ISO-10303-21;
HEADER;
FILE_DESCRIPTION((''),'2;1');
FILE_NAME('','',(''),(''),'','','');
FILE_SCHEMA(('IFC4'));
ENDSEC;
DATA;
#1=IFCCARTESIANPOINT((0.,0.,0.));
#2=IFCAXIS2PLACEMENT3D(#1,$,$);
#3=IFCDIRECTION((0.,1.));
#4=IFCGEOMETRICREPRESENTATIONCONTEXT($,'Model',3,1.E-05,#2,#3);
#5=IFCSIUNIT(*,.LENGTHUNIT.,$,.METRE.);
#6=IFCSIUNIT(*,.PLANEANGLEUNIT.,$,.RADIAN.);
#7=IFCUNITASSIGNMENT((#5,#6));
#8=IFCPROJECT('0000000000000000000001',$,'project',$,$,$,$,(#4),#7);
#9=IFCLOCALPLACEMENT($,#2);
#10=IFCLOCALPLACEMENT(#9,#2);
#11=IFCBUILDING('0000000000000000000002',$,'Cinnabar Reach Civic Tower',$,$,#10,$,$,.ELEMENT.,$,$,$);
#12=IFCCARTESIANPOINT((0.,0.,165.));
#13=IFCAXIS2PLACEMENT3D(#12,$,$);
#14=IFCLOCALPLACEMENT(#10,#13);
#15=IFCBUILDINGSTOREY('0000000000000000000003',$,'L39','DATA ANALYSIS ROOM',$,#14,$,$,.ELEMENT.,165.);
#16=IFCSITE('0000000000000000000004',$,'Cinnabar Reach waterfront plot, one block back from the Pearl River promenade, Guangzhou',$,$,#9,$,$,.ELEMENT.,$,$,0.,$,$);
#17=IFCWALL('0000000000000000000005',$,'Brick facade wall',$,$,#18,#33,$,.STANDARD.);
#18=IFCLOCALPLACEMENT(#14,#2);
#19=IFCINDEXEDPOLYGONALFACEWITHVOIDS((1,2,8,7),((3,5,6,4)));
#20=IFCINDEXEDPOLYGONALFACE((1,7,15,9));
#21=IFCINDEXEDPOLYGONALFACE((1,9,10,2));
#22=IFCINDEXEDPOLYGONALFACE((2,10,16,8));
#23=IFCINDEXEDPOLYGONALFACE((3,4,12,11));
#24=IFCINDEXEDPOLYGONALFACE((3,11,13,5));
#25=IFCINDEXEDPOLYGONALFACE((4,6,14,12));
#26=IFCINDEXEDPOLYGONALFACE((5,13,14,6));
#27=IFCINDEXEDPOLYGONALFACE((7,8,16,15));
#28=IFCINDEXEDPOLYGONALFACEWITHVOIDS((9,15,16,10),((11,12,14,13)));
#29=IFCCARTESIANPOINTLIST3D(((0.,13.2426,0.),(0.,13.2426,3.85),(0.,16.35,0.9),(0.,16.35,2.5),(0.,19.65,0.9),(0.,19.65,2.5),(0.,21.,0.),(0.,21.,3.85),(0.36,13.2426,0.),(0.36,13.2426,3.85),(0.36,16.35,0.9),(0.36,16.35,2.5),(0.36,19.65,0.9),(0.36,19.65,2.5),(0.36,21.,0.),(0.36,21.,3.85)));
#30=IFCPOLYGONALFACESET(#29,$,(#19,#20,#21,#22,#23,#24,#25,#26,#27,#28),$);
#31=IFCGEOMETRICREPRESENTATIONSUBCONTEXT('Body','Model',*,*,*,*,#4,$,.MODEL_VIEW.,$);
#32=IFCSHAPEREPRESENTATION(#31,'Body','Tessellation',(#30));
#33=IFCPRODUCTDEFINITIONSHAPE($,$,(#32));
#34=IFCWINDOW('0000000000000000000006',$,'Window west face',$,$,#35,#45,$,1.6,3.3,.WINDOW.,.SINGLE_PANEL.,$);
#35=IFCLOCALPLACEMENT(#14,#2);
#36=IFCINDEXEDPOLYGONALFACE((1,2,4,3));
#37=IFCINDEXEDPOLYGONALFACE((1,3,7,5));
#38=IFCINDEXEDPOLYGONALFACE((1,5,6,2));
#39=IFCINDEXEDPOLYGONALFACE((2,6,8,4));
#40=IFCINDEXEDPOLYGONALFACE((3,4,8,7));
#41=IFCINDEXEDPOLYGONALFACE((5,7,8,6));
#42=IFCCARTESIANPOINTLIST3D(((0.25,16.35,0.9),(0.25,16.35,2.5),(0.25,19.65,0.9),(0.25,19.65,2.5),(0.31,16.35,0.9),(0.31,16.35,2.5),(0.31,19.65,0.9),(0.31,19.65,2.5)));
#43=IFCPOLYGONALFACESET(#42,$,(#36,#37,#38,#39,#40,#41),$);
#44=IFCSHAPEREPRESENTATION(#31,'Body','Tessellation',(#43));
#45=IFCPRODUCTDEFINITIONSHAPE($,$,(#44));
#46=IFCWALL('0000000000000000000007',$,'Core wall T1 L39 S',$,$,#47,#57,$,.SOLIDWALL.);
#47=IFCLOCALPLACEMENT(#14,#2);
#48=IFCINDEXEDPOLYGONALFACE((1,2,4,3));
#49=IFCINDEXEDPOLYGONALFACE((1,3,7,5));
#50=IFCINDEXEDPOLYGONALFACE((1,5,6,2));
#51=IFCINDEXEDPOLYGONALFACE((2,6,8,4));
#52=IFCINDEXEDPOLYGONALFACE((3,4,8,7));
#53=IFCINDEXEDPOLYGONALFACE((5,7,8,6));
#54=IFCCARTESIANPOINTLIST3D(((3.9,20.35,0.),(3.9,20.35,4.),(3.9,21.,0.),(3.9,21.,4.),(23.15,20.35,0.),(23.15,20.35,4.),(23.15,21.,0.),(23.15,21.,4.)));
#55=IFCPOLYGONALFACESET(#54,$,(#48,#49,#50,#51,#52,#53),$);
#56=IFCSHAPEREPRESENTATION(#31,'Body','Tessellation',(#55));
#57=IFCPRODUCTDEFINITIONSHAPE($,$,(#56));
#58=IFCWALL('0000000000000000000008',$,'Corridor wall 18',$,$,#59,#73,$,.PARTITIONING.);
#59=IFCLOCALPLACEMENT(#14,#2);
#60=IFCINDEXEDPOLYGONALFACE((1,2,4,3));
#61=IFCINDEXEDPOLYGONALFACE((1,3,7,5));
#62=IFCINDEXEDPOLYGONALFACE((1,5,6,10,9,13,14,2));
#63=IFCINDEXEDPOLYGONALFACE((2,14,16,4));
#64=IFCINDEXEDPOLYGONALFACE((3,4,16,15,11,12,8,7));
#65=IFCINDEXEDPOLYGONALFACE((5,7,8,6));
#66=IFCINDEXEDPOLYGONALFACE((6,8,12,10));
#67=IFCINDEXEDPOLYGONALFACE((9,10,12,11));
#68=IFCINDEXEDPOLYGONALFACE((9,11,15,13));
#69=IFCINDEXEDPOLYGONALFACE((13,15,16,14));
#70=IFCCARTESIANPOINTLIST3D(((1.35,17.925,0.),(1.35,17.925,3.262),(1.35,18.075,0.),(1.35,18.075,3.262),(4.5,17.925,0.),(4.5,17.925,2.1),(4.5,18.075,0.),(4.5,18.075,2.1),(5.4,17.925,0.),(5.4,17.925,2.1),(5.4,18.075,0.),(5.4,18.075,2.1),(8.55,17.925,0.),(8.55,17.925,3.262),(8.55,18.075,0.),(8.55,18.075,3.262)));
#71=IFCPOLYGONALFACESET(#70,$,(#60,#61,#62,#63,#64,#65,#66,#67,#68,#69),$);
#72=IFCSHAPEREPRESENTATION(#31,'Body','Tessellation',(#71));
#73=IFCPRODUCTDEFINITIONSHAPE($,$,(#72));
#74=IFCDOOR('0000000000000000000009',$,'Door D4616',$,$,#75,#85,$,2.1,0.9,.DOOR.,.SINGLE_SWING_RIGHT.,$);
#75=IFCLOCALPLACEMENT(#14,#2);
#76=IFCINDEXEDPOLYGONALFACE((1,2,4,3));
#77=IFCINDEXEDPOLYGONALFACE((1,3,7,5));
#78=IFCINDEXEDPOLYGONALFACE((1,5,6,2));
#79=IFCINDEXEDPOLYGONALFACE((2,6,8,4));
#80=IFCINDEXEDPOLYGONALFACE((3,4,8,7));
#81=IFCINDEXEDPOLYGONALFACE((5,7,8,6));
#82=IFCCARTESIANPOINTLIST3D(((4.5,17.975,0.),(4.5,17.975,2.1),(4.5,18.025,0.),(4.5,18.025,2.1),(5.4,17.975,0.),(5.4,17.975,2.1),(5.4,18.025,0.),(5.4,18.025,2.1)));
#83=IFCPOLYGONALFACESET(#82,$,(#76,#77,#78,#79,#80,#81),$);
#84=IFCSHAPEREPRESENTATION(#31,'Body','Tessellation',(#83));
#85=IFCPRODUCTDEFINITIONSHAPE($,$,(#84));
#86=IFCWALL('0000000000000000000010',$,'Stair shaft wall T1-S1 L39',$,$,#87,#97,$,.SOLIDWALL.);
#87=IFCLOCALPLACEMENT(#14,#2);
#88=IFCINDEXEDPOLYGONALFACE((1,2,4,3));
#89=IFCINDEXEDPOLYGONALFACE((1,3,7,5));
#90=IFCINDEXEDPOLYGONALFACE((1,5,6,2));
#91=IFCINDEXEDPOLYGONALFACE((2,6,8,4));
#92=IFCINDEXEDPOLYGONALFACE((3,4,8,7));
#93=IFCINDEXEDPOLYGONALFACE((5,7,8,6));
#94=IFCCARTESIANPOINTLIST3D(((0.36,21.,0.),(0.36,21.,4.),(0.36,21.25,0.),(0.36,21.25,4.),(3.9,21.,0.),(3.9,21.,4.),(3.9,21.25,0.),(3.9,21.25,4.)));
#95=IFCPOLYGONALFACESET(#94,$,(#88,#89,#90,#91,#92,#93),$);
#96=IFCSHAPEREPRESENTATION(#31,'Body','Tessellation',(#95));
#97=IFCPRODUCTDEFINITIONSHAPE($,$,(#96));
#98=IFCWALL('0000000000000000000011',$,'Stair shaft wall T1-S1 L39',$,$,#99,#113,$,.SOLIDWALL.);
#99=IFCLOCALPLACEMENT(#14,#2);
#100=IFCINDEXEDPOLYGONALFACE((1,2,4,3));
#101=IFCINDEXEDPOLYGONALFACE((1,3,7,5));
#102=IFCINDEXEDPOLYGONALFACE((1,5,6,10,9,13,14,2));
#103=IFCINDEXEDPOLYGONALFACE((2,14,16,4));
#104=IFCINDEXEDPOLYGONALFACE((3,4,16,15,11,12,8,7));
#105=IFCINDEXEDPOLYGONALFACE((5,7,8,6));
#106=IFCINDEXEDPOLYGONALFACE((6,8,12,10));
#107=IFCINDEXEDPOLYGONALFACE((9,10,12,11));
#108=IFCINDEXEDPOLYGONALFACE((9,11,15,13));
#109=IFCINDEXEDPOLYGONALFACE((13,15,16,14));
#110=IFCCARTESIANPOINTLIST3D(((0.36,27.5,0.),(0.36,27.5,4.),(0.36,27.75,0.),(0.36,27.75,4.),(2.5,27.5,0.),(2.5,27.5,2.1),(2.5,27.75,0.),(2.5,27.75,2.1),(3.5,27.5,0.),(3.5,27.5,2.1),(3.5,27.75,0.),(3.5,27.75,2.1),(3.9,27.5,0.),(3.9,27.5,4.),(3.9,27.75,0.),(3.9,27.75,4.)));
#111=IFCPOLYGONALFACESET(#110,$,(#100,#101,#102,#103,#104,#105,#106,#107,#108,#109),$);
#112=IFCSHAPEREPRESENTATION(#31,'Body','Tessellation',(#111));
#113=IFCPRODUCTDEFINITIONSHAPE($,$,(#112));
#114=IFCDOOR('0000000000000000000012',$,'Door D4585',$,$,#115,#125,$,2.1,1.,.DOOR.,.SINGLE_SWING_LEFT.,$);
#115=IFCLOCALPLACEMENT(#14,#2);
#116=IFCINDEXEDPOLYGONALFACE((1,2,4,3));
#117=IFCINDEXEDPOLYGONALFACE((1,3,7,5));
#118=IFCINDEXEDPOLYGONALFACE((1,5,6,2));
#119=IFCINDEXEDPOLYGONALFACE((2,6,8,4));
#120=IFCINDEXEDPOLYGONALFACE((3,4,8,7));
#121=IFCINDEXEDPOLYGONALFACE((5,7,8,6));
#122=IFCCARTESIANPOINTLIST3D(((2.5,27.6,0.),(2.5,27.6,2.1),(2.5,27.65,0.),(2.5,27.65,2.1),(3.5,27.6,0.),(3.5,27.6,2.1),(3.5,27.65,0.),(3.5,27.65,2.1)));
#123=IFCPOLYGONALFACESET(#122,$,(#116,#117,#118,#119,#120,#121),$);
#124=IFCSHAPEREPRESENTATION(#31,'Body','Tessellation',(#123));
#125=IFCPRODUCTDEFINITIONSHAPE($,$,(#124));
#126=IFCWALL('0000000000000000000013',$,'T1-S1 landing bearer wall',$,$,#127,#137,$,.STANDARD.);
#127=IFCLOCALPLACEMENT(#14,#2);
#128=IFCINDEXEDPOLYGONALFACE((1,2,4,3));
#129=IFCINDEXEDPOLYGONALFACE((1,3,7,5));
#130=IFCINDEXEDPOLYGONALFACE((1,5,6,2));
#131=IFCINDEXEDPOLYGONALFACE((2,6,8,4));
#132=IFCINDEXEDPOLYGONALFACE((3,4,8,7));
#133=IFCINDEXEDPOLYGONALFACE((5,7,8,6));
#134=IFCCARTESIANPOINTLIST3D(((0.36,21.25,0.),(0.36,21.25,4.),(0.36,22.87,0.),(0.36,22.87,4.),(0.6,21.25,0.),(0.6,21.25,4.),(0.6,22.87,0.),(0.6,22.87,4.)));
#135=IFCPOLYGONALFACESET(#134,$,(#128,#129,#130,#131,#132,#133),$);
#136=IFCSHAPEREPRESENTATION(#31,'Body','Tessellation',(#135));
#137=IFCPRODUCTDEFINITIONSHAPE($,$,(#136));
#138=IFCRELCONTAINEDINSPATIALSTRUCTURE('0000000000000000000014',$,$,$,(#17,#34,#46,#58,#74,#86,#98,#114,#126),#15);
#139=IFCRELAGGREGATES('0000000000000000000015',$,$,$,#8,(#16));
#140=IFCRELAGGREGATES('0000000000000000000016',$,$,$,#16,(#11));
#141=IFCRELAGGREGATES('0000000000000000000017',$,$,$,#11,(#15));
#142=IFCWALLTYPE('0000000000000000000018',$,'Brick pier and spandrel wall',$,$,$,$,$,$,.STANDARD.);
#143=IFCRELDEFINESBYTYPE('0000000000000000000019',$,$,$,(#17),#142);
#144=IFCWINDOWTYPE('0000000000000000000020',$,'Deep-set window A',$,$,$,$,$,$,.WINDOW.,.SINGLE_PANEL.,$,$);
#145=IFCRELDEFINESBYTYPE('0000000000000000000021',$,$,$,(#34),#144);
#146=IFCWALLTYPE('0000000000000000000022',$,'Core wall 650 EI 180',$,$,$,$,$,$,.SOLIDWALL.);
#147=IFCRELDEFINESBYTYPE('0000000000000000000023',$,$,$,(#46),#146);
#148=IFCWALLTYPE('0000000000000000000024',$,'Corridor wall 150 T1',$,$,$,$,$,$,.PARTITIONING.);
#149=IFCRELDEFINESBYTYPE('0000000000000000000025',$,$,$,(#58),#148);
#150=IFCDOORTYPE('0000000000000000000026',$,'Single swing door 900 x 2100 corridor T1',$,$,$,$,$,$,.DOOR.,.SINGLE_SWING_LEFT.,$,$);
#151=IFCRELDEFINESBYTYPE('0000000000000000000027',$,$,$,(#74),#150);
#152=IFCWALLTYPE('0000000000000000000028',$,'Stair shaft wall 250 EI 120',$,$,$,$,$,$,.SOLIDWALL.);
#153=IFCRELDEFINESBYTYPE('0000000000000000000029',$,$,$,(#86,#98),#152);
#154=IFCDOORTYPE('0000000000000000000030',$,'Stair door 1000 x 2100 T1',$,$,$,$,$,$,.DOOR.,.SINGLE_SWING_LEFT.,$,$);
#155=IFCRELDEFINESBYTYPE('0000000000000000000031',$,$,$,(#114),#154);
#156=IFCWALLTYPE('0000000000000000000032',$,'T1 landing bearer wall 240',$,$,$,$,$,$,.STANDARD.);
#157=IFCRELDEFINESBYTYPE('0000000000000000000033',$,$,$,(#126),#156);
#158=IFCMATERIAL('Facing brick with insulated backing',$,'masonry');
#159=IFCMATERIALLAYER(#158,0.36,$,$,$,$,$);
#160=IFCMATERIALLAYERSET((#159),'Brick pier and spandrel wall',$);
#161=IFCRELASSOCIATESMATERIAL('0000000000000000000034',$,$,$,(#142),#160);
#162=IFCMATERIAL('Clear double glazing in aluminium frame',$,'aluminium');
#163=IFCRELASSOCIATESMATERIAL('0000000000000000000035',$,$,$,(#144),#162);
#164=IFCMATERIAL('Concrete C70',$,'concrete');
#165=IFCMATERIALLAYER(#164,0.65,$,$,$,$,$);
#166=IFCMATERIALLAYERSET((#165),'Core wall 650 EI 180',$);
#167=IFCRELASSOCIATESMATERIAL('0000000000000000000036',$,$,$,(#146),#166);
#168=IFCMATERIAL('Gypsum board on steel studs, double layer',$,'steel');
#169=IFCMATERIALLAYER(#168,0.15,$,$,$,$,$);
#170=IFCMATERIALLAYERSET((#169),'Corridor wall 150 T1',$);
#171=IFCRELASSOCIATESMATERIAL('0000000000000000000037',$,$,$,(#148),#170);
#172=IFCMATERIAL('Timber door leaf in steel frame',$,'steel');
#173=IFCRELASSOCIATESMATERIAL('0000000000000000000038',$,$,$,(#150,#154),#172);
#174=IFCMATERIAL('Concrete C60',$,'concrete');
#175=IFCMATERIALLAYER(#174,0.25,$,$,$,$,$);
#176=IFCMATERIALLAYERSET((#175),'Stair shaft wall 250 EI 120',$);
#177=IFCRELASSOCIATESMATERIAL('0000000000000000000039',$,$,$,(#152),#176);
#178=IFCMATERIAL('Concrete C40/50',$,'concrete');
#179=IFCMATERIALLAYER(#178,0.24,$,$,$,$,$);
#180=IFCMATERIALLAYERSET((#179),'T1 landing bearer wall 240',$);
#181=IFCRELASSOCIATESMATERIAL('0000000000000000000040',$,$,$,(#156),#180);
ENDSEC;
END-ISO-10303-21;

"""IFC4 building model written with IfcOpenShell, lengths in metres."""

from ifc_helpers import new_model, si_unit, direction, frame, frame_2d, origin, place, context, subcontext, project, spatial, rectangle, extrude, material, layer, layer_set, type_object, element, fill, save


model = new_model("IFC4")

# Units and contexts
model_context = context("Model", 3, precision=1e-05, world=origin(), true_north=direction((0.0, 1.0)))
body_context = subcontext(model_context, "Body", "Model", "MODEL_VIEW")
ifc_project = project(units=[si_unit("LENGTHUNIT", "METRE"), si_unit("PLANEANGLEUNIT", "RADIAN")], contexts=[model_context])

# Site, building, storey
site_placement = place(None, origin())
site = spatial("IfcSite", under=ifc_project, at=site_placement, Name="Cinnabar Reach waterfront plot, one block back from the Pearl River promenade, Guangzhou", CompositionType="ELEMENT", RefElevation=0.0)
building_placement = place(site_placement, origin())
building = spatial("IfcBuilding", under=site, at=building_placement, Name="Cinnabar Reach Civic Tower", CompositionType="ELEMENT")
storey_placement = place(building_placement, frame((0.0, 0.0, 165.0)))
storey = spatial("IfcBuildingStorey", under=building, at=storey_placement, Name="L39", Description="DATA ANALYSIS ROOM", CompositionType="ELEMENT", Elevation=165.0)

# Shared definitions
ifc_material_1 = material(Name="Concrete C70", Category="concrete")

# Shared definitions
ifc_material_2 = material(Name="Facing brick with insulated backing", Category="masonry")
ifc_layer_1 = layer(ifc_material_2, 0.36)
ifc_layer_set_1 = layer_set([ifc_layer_1], Name="Brick pier and spandrel wall")
wall_type_1 = type_object("IfcWallType", Name="Brick pier and spandrel wall", PredefinedType="STANDARD", material=ifc_layer_set_1)

# Wall, opening, window
wall_1_placement = place(storey_placement, frame((0.18, 21.0, 0.0), z_axis=(0.0, 0.0, 1.0), x_axis=(0.0, -1.0, 0.0)))
wall_1 = element("IfcWall", 1, at=wall_1_placement, inside=storey, type_object=wall_type_1, Name="Brick facade wall", PredefinedType="STANDARD", context=body_context, shape_type="SweptSolid", body=[
    extrude(rectangle(XDim=7.7574, YDim=0.36, at=frame_2d((3.8787, 0.0))), origin(), (0.0, 0.0, 1.0), 3.85),
])
opening_1_placement = place(wall_1_placement, frame((1.35, 0.0, 0.9)))
opening_1 = element("IfcOpeningElement", 2, at=opening_1_placement, cuts=wall_1, PredefinedType="OPENING", context=body_context, shape_type="SweptSolid", body=[
    extrude(rectangle(XDim=3.3, YDim=1.6, at=frame_2d((1.65, 0.8))), frame((0.0, 0.19, 0.0), z_axis=(0.0, -1.0, 0.0), x_axis=(1.0, 0.0, 0.0)), (0.0, 0.0, 1.0), 0.38),
])
ifc_material_3 = material(Name="Clear double glazing in aluminium frame", Category="aluminium")
window_type = type_object("IfcWindowType", Name="Deep-set window A", PartitioningType="SINGLE_PANEL", PredefinedType="WINDOW", material=ifc_material_3)
window_placement = place(opening_1_placement, origin())
window = element("IfcWindow", 3, at=window_placement, inside=storey, type_object=window_type, Name="Window west face", OverallHeight=1.6, OverallWidth=3.3, PartitioningType="SINGLE_PANEL", PredefinedType="WINDOW", context=body_context, shape_type="SweptSolid", body=[
    extrude(rectangle(XDim=3.3, YDim=1.6, at=frame_2d((1.65, 0.8))), frame((0.0, 0.13, 0.0), z_axis=(0.0, -1.0, 0.0), x_axis=(1.0, 0.0, 0.0)), (0.0, 0.0, 1.0), 0.06),
])
fill(opening_1, window)

# Wall
ifc_layer_2 = layer(ifc_material_1, 0.65)
ifc_layer_set_2 = layer_set([ifc_layer_2], Name="Core wall 650 EI 180")
wall_type_2 = type_object("IfcWallType", Name="Core wall 650 EI 180", PredefinedType="SOLIDWALL", material=ifc_layer_set_2)
wall_2_placement = place(storey_placement, frame((3.9, 20.675, 0.0), z_axis=(0.0, 0.0, 1.0), x_axis=(1.0, 0.0, 0.0)))
element("IfcWall", 4, at=wall_2_placement, inside=storey, type_object=wall_type_2, Name="Core wall T1 L39 S", PredefinedType="SOLIDWALL", context=body_context, shape_type="SweptSolid", body=[
    extrude(rectangle(XDim=19.25, YDim=0.65, at=frame_2d((9.625, 0.0))), origin(), (0.0, 0.0, 1.0), 4.0),
])

# Wall, opening, door
ifc_material_4 = material(Name="Gypsum board on steel studs, double layer", Category="steel")
ifc_layer_3 = layer(ifc_material_4, 0.15)
ifc_layer_set_3 = layer_set([ifc_layer_3], Name="Corridor wall 150 T1")
wall_type_3 = type_object("IfcWallType", Name="Corridor wall 150 T1", PredefinedType="PARTITIONING", material=ifc_layer_set_3)
wall_3_placement = place(storey_placement, frame((1.35, 18.0, 0.0), z_axis=(0.0, 0.0, 1.0), x_axis=(1.0, 0.0, 0.0)))
wall_3 = element("IfcWall", 5, at=wall_3_placement, inside=storey, type_object=wall_type_3, Name="Corridor wall 18", PredefinedType="PARTITIONING", context=body_context, shape_type="SweptSolid", body=[
    extrude(rectangle(XDim=7.2, YDim=0.15, at=frame_2d((3.6, 0.0))), origin(), (0.0, 0.0, 1.0), 3.262),
])
opening_2_placement = place(wall_3_placement, frame((3.15, 0.0, 0.0)))
opening_2 = element("IfcOpeningElement", 6, at=opening_2_placement, cuts=wall_3, PredefinedType="OPENING", context=body_context, shape_type="SweptSolid", body=[
    extrude(rectangle(XDim=0.9, YDim=2.1, at=frame_2d((0.45, 1.05))), frame((0.0, 0.085, 0.0), z_axis=(0.0, -1.0, 0.0), x_axis=(1.0, 0.0, 0.0)), (0.0, 0.0, 1.0), 0.17),
])
ifc_material_5 = material(Name="Timber door leaf in steel frame", Category="steel")
door_type_1 = type_object("IfcDoorType", Name="Single swing door 900 x 2100 corridor T1", OperationType="SINGLE_SWING_LEFT", PredefinedType="DOOR", material=ifc_material_5)
door_1_placement = place(opening_2_placement, frame((0.9, 0.0, 0.0), z_axis=(0.0, 0.0, 1.0), x_axis=(-1.0, 0.0, 0.0)))
door_1 = element("IfcDoor", 7, at=door_1_placement, inside=storey, type_object=door_type_1, Name="Door D4616", OperationType="SINGLE_SWING_RIGHT", OverallHeight=2.1, OverallWidth=0.9, PredefinedType="DOOR", context=body_context, shape_type="SweptSolid", body=[
    extrude(rectangle(XDim=0.9, YDim=2.1, at=frame_2d((0.45, 1.05))), frame((0.0, 0.025, 0.0), z_axis=(0.0, -1.0, 0.0), x_axis=(1.0, 0.0, 0.0)), (0.0, 0.0, 1.0), 0.05),
])
fill(opening_2, door_1)

# Wall
ifc_material_6 = material(Name="Concrete C60", Category="concrete")
ifc_layer_4 = layer(ifc_material_6, 0.25)
ifc_layer_set_4 = layer_set([ifc_layer_4], Name="Stair shaft wall 250 EI 120")
wall_type_4 = type_object("IfcWallType", Name="Stair shaft wall 250 EI 120", PredefinedType="SOLIDWALL", material=ifc_layer_set_4)
wall_4_placement = place(storey_placement, frame((0.36, 21.125, 0.0), z_axis=(0.0, 0.0, 1.0), x_axis=(1.0, 0.0, 0.0)))
element("IfcWall", 8, at=wall_4_placement, inside=storey, type_object=wall_type_4, Name="Stair shaft wall T1-S1 L39", PredefinedType="SOLIDWALL", context=body_context, shape_type="SweptSolid", body=[
    extrude(rectangle(XDim=3.54, YDim=0.25, at=frame_2d((1.77, 0.0))), origin(), (0.0, 0.0, 1.0), 4.0),
])

# Wall, opening, door
wall_5_placement = place(storey_placement, frame((3.9, 27.625, 0.0), z_axis=(0.0, 0.0, 1.0), x_axis=(-1.0, 0.0, 0.0)))
wall_5 = element("IfcWall", 9, at=wall_5_placement, inside=storey, type_object=wall_type_4, Name="Stair shaft wall T1-S1 L39", PredefinedType="SOLIDWALL", context=body_context, shape_type="SweptSolid", body=[
    extrude(rectangle(XDim=3.54, YDim=0.25, at=frame_2d((1.77, 0.0))), origin(), (0.0, 0.0, 1.0), 4.0),
])
opening_3_placement = place(wall_5_placement, frame((0.4, 0.0, 0.0)))
opening_3 = element("IfcOpeningElement", 10, at=opening_3_placement, cuts=wall_5, PredefinedType="OPENING", context=body_context, shape_type="SweptSolid", body=[
    extrude(rectangle(XDim=1.0, YDim=2.1, at=frame_2d((0.5, 1.05))), frame((0.0, 0.135, 0.0), z_axis=(0.0, -1.0, 0.0), x_axis=(1.0, 0.0, 0.0)), (0.0, 0.0, 1.0), 0.27),
])
door_type_2 = type_object("IfcDoorType", Name="Stair door 1000 x 2100 T1", OperationType="SINGLE_SWING_LEFT", PredefinedType="DOOR", material=ifc_material_5)
door_2_placement = place(opening_3_placement, origin())
door_2 = element("IfcDoor", 11, at=door_2_placement, inside=storey, type_object=door_type_2, Name="Door D4585", OperationType="SINGLE_SWING_LEFT", OverallHeight=2.1, OverallWidth=1.0, PredefinedType="DOOR", context=body_context, shape_type="SweptSolid", body=[
    extrude(rectangle(XDim=1.0, YDim=2.1, at=frame_2d((0.5, 1.05))), frame((0.0, 0.025, 0.0), z_axis=(0.0, -1.0, 0.0), x_axis=(1.0, 0.0, 0.0)), (0.0, 0.0, 1.0), 0.05),
])
fill(opening_3, door_2)

# Wall
ifc_material_7 = material(Name="Concrete C40/50", Category="concrete")
ifc_layer_5 = layer(ifc_material_7, 0.24)
ifc_layer_set_5 = layer_set([ifc_layer_5], Name="T1 landing bearer wall 240")
wall_type_5 = type_object("IfcWallType", Name="T1 landing bearer wall 240", PredefinedType="STANDARD", material=ifc_layer_set_5)
wall_6_placement = place(storey_placement, frame((0.48, 21.25, 0.0), z_axis=(0.0, 0.0, 1.0), x_axis=(0.0, 1.0, 0.0)))
element("IfcWall", 12, at=wall_6_placement, inside=storey, type_object=wall_type_5, Name="T1-S1 landing bearer wall", PredefinedType="STANDARD", context=body_context, shape_type="SweptSolid", body=[
    extrude(rectangle(XDim=1.62, YDim=0.24, at=frame_2d((0.81, 0.0))), origin(), (0.0, 0.0, 1.0), 4.0),
])

save(model, "model.ifc")
